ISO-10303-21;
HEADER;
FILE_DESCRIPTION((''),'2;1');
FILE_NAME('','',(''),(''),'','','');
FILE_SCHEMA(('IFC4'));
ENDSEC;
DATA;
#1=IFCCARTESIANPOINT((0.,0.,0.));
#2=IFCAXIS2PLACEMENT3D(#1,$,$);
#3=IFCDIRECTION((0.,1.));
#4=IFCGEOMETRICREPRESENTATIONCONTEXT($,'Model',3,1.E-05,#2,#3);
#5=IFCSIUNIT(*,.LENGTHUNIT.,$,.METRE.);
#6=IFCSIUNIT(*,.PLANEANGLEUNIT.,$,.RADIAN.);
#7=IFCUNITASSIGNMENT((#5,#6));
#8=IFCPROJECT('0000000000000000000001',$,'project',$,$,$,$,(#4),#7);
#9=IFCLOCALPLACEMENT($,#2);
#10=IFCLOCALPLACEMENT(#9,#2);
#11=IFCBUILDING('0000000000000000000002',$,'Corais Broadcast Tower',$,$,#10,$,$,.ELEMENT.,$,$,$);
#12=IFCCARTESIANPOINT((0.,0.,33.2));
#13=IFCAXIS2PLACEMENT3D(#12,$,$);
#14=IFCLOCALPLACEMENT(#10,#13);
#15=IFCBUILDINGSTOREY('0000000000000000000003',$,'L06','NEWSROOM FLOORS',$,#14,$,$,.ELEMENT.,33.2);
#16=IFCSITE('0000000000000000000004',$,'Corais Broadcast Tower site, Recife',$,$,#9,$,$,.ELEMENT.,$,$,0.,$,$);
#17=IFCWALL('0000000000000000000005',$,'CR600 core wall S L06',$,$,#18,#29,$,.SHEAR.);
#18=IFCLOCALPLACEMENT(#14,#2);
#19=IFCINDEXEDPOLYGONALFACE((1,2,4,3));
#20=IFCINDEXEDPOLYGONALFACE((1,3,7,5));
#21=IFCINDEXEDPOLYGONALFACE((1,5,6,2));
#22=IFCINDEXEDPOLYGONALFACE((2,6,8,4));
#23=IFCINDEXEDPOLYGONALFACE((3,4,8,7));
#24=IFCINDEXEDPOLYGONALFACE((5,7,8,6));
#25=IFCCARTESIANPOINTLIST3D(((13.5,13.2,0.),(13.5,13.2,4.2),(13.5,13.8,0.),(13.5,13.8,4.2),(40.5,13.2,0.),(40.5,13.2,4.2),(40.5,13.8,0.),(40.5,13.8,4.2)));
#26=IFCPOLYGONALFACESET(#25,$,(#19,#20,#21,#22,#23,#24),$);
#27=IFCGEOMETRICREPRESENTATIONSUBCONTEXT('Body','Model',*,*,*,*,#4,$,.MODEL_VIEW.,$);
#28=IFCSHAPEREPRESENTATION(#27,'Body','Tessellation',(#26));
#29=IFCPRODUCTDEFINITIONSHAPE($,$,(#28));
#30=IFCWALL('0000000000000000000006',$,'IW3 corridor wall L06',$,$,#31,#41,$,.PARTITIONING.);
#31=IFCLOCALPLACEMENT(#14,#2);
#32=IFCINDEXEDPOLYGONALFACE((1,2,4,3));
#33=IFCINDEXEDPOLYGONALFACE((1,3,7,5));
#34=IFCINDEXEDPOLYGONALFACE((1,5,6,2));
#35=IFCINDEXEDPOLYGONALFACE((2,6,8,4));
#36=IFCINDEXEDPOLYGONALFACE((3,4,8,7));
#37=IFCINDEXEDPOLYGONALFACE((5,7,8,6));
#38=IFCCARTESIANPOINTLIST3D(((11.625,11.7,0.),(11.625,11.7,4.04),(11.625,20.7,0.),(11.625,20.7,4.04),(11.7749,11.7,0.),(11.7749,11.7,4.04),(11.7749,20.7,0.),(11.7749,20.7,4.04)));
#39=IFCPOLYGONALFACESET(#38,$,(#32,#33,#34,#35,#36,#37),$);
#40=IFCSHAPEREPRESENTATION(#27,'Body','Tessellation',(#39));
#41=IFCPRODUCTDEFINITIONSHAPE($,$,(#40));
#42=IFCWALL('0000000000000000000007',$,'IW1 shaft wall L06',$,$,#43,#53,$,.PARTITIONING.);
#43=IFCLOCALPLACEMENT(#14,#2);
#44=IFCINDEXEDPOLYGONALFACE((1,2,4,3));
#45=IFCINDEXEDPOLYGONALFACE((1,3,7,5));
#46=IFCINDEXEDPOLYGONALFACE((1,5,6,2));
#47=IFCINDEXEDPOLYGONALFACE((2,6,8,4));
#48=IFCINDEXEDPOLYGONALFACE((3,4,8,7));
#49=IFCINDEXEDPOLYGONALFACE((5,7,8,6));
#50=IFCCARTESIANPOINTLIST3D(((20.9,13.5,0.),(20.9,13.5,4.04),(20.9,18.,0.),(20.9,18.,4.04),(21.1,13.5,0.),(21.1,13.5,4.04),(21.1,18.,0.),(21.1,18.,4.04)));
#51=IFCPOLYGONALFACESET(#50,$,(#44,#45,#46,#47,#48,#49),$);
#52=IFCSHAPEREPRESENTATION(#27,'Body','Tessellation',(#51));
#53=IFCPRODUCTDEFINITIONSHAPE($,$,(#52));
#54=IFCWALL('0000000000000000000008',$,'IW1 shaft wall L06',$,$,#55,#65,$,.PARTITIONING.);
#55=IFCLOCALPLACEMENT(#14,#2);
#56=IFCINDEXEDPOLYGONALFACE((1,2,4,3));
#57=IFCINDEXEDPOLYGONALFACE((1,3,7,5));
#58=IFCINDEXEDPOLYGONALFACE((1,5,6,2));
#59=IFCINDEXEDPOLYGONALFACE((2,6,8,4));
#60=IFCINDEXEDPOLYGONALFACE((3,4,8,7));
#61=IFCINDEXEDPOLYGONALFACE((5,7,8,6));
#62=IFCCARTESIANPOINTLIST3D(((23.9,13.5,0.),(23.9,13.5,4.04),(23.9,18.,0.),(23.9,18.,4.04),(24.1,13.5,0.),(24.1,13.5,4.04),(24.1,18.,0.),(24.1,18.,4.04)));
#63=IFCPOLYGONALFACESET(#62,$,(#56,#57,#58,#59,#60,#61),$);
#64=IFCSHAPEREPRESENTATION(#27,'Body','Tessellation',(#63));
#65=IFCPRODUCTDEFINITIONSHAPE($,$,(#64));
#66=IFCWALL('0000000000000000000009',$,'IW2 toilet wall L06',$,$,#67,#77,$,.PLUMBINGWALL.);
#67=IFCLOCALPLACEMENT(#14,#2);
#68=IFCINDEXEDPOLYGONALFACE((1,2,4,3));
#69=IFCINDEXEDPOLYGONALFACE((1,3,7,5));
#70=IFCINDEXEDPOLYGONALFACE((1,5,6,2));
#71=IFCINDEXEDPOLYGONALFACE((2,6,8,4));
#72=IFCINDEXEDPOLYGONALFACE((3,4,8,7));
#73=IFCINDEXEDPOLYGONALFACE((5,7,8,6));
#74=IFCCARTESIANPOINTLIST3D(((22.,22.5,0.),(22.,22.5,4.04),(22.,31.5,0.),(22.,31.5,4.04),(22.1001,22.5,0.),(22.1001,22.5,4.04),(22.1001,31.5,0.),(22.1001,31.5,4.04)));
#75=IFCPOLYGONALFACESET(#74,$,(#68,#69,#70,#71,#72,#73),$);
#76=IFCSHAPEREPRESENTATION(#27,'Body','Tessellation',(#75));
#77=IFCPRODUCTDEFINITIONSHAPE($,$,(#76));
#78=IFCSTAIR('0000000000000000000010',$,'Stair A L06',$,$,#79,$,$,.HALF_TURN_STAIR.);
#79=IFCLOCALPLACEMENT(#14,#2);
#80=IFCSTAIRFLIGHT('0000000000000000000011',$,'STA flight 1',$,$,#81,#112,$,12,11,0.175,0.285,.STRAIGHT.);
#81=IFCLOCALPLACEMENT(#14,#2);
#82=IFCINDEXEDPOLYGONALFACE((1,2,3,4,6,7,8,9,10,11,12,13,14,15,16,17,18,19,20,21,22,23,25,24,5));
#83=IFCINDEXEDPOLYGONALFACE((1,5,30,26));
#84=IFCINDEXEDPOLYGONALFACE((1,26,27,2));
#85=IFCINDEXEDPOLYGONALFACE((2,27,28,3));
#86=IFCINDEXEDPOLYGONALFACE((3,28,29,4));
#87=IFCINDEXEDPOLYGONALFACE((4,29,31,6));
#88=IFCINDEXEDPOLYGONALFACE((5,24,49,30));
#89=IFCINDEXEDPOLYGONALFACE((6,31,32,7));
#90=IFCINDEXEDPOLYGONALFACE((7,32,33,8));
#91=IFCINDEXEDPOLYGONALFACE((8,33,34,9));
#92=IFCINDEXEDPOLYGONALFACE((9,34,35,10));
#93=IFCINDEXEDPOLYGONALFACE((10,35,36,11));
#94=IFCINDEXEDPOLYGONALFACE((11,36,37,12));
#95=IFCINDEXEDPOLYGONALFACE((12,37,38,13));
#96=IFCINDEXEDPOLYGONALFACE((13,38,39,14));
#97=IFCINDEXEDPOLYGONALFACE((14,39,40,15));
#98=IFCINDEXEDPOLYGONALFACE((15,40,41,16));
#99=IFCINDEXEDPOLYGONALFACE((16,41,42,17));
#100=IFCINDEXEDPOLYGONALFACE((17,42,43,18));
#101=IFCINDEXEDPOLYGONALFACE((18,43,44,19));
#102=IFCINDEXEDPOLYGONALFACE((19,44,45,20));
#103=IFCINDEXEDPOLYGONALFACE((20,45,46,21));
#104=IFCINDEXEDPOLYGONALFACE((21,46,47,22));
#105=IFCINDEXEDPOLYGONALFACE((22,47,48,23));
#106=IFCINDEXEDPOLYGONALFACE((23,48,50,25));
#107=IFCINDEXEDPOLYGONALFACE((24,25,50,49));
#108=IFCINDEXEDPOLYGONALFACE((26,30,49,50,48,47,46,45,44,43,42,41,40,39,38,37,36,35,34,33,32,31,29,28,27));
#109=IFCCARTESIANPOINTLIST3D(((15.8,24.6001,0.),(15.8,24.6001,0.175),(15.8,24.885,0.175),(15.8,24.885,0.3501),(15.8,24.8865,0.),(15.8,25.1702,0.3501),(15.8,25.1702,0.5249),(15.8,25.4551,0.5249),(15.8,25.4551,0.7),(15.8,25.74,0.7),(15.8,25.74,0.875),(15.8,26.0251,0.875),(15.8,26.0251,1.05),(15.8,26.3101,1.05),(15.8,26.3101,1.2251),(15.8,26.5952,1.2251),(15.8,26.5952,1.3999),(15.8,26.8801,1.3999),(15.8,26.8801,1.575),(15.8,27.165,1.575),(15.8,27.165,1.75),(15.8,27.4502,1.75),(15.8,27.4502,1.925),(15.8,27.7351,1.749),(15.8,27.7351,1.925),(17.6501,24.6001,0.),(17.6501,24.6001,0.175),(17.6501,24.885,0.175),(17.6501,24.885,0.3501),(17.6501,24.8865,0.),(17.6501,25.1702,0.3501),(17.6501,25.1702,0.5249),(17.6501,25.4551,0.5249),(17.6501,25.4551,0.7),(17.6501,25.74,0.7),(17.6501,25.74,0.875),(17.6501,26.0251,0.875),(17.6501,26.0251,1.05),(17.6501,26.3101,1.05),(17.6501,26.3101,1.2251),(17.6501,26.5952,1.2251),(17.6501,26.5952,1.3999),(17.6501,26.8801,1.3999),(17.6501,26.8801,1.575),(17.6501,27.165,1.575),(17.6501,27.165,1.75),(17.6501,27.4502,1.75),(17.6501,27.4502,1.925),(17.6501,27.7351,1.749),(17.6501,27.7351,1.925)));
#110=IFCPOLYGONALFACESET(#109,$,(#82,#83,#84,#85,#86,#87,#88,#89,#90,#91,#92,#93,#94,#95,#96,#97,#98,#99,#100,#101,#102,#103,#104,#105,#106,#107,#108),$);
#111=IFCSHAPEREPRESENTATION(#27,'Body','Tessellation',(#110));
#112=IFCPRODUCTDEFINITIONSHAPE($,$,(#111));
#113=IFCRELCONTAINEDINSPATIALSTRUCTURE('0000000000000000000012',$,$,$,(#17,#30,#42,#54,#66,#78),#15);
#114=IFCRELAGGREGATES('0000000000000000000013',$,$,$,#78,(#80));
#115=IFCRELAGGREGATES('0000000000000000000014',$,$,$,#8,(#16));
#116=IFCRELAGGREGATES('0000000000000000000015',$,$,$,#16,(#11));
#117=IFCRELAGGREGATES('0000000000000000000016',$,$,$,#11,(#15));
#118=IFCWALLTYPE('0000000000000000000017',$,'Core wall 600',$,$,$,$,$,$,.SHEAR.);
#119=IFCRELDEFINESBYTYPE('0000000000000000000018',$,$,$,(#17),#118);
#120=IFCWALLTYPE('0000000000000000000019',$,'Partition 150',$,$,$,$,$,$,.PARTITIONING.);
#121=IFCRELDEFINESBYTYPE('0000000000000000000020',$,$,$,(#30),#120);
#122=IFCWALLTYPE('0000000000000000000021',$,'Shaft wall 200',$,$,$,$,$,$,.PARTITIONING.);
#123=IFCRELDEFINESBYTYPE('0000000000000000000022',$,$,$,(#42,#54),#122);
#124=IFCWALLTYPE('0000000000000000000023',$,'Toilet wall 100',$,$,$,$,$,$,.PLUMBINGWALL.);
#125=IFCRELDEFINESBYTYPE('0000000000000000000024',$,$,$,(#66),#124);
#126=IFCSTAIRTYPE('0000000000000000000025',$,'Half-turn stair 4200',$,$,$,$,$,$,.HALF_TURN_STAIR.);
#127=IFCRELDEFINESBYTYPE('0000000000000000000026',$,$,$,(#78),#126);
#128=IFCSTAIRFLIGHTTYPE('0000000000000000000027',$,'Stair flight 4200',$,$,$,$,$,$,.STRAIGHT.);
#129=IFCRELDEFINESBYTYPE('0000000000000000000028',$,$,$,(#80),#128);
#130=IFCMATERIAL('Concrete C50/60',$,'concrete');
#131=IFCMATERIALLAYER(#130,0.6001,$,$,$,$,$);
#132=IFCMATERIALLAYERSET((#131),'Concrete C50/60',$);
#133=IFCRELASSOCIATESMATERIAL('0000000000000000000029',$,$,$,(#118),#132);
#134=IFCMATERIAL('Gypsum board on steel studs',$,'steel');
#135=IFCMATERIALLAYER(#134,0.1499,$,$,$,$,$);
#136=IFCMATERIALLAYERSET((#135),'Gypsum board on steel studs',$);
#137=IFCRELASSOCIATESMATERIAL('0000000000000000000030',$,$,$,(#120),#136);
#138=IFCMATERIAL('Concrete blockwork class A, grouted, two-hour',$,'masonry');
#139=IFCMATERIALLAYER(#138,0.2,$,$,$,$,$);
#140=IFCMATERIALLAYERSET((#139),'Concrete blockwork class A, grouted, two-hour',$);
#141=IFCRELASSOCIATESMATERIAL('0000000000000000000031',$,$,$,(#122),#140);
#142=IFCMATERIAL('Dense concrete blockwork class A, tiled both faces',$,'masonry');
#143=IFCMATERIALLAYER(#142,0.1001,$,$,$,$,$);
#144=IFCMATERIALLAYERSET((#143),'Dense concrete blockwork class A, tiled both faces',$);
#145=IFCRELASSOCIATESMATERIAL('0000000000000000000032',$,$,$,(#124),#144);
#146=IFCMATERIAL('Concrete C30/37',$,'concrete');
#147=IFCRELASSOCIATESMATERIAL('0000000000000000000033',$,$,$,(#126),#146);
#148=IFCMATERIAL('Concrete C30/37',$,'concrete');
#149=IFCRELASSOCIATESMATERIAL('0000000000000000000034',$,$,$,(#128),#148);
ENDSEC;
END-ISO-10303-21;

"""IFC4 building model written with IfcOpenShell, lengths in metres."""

from ifc_helpers import new_model, si_unit, direction, frame, frame_2d, origin, place, context, subcontext, project, spatial, polyline, rectangle, outline, extrude, material, layer, layer_set, type_object, element, aggregate, save


model = new_model("IFC4")

# Units and contexts
model_context = context("Model", 3, precision=1e-05, world=origin(), true_north=direction((0.0, 1.0)))
body_context = subcontext(model_context, "Body", "Model", "MODEL_VIEW")
ifc_project = project(units=[si_unit("LENGTHUNIT", "METRE"), si_unit("PLANEANGLEUNIT", "RADIAN")], contexts=[model_context])

# Site, building, storey
site_placement = place(None, origin())
site = spatial("IfcSite", under=ifc_project, at=site_placement, Name="Corais Broadcast Tower site, Recife", CompositionType="ELEMENT", RefElevation=0.0)
building_placement = place(site_placement, origin())
building = spatial("IfcBuilding", under=site, at=building_placement, Name="Corais Broadcast Tower", CompositionType="ELEMENT")
storey_placement = place(building_placement, frame((0.0, 0.0, 33.2)))
storey = spatial("IfcBuildingStorey", under=building, at=storey_placement, Name="L06", Description="NEWSROOM FLOORS", CompositionType="ELEMENT", Elevation=33.2)

# Walls
ifc_material_1 = material(Name="Concrete C50/60", Category="concrete")
ifc_layer_1 = layer(ifc_material_1, 0.6001)
ifc_layer_set_1 = layer_set([ifc_layer_1], Name="Concrete C50/60")
wall_type_1 = type_object("IfcWallType", Name="Core wall 600", PredefinedType="SHEAR", material=ifc_layer_set_1)
wall_1_placement = place(storey_placement, frame((13.5, 13.5, 0.0), z_axis=(0.0, 0.0, 1.0), x_axis=(1.0, 0.0, 0.0)))
element("IfcWall", 1, at=wall_1_placement, inside=storey, type_object=wall_type_1, Name="CR600 core wall S L06", PredefinedType="SHEAR", context=body_context, shape_type="SweptSolid", body=[
    extrude(rectangle(XDim=27.0, YDim=0.6001, at=frame_2d((13.5, 0.0))), origin(), (0.0, 0.0, 1.0), 4.2),
])
ifc_material_2 = material(Name="Gypsum board on steel studs", Category="steel")
ifc_layer_2 = layer(ifc_material_2, 0.1499)
ifc_layer_set_2 = layer_set([ifc_layer_2], Name="Gypsum board on steel studs")
wall_type_2 = type_object("IfcWallType", Name="Partition 150", PredefinedType="PARTITIONING", material=ifc_layer_set_2)
wall_2_placement = place(storey_placement, frame((11.7, 20.7, 0.0), z_axis=(0.0, 0.0, 1.0), x_axis=(0.0, -1.0, 0.0)))
element("IfcWall", 2, at=wall_2_placement, inside=storey, type_object=wall_type_2, Name="IW3 corridor wall L06", PredefinedType="PARTITIONING", context=body_context, shape_type="SweptSolid", body=[
    extrude(rectangle(XDim=9.0, YDim=0.1499, at=frame_2d((4.5, 0.0))), origin(), (0.0, 0.0, 1.0), 4.04),
])
ifc_material_3 = material(Name="Concrete blockwork class A, grouted, two-hour", Category="masonry")
ifc_layer_3 = layer(ifc_material_3, 0.2)
ifc_layer_set_3 = layer_set([ifc_layer_3], Name="Concrete blockwork class A, grouted, two-hour")
wall_type_3 = type_object("IfcWallType", Name="Shaft wall 200", PredefinedType="PARTITIONING", material=ifc_layer_set_3)
for number, where, z_axis, x_axis, name in (
    (3, (21.0, 13.5, 0.0), (0.0, 0.0, 1.0), (0.0, 1.0, 0.0), "IW1 shaft wall L06"),
    (4, (24.0, 13.5, 0.0), (0.0, 0.0, 1.0), (0.0, 1.0, 0.0), "IW1 shaft wall L06"),
):
    element("IfcWall", number, at=place(storey_placement, frame(where, z_axis=z_axis, x_axis=x_axis)), inside=storey, type_object=wall_type_3, Name=name, PredefinedType="PARTITIONING", context=body_context, shape_type="SweptSolid", body=[
        extrude(rectangle(XDim=4.5, YDim=0.2, at=frame_2d((2.25, 0.0))), origin(), (0.0, 0.0, 1.0), 4.04),
    ])
ifc_material_4 = material(Name="Dense concrete blockwork class A, tiled both faces", Category="masonry")
ifc_layer_4 = layer(ifc_material_4, 0.1001)
ifc_layer_set_4 = layer_set([ifc_layer_4], Name="Dense concrete blockwork class A, tiled both faces")
wall_type_4 = type_object("IfcWallType", Name="Toilet wall 100", PredefinedType="PLUMBINGWALL", material=ifc_layer_set_4)
wall_3_placement = place(storey_placement, frame((22.05, 22.5, 0.0), z_axis=(0.0, 0.0, 1.0), x_axis=(0.0, 1.0, 0.0)))
element("IfcWall", 5, at=wall_3_placement, inside=storey, type_object=wall_type_4, Name="IW2 toilet wall L06", PredefinedType="PLUMBINGWALL", context=body_context, shape_type="SweptSolid", body=[
    extrude(rectangle(XDim=9.0, YDim=0.1001, at=frame_2d((4.5, 0.0))), origin(), (0.0, 0.0, 1.0), 4.04),
])

# Stair, stair flight
ifc_material_5 = material(Name="Concrete C30/37", Category="concrete")
stair_type = type_object("IfcStairType", Name="Half-turn stair 4200", PredefinedType="HALF_TURN_STAIR", material=ifc_material_5)
stair_placement = place(storey_placement, origin())
stair = element("IfcStair", 6, at=stair_placement, inside=storey, type_object=stair_type, Name="Stair A L06", PredefinedType="HALF_TURN_STAIR")
ifc_material_6 = material(Name="Concrete C30/37", Category="concrete")
stair_flight_type = type_object("IfcStairFlightType", Name="Stair flight 4200", PredefinedType="STRAIGHT", material=ifc_material_6)
stair_flight_placement = place(storey_placement, frame((16.7251, 24.6001, 0.0), z_axis=(0.0, 0.0, 1.0), x_axis=(0.0, 1.0, 0.0)))
stair_flight = element("IfcStairFlight", 7, at=stair_flight_placement, type_object=stair_flight_type, Name="STA flight 1", NumberOfRisers=12, NumberOfTreads=11, PredefinedType="STRAIGHT", RiserHeight=0.175, TreadLength=0.285, context=body_context, shape_type="SweptSolid", body=[
    extrude(outline(polyline([(0.0, 0.0), (0.0, 0.175), (0.2849, 0.175), (0.2849, 0.3501), (0.5701, 0.3501), (0.5701, 0.5249), (0.855, 0.5249), (0.855, 0.7), (1.1399, 0.7), (1.1399, 0.875), (1.425, 0.875), (1.425, 1.05), (1.71, 1.05), (1.71, 1.2251), (1.9951, 1.2251), (1.9951, 1.3999), (2.28, 1.3999), (2.28, 1.575), (2.5649, 1.575), (2.5649, 1.75), (2.8501, 1.75), (2.8501, 1.925), (3.135, 1.925), (3.135, 2.1001), (3.135, 1.749), (0.2864, 0.0), (0.0, 0.0)])), frame((0.0, 0.925, 0.0), z_axis=(0.0, -1.0, 0.0), x_axis=(1.0, 0.0, 0.0)), (0.0, 0.0, 1.0), 1.8501),
])
aggregate(stair, [stair_flight])

save(model, "model.ifc")
